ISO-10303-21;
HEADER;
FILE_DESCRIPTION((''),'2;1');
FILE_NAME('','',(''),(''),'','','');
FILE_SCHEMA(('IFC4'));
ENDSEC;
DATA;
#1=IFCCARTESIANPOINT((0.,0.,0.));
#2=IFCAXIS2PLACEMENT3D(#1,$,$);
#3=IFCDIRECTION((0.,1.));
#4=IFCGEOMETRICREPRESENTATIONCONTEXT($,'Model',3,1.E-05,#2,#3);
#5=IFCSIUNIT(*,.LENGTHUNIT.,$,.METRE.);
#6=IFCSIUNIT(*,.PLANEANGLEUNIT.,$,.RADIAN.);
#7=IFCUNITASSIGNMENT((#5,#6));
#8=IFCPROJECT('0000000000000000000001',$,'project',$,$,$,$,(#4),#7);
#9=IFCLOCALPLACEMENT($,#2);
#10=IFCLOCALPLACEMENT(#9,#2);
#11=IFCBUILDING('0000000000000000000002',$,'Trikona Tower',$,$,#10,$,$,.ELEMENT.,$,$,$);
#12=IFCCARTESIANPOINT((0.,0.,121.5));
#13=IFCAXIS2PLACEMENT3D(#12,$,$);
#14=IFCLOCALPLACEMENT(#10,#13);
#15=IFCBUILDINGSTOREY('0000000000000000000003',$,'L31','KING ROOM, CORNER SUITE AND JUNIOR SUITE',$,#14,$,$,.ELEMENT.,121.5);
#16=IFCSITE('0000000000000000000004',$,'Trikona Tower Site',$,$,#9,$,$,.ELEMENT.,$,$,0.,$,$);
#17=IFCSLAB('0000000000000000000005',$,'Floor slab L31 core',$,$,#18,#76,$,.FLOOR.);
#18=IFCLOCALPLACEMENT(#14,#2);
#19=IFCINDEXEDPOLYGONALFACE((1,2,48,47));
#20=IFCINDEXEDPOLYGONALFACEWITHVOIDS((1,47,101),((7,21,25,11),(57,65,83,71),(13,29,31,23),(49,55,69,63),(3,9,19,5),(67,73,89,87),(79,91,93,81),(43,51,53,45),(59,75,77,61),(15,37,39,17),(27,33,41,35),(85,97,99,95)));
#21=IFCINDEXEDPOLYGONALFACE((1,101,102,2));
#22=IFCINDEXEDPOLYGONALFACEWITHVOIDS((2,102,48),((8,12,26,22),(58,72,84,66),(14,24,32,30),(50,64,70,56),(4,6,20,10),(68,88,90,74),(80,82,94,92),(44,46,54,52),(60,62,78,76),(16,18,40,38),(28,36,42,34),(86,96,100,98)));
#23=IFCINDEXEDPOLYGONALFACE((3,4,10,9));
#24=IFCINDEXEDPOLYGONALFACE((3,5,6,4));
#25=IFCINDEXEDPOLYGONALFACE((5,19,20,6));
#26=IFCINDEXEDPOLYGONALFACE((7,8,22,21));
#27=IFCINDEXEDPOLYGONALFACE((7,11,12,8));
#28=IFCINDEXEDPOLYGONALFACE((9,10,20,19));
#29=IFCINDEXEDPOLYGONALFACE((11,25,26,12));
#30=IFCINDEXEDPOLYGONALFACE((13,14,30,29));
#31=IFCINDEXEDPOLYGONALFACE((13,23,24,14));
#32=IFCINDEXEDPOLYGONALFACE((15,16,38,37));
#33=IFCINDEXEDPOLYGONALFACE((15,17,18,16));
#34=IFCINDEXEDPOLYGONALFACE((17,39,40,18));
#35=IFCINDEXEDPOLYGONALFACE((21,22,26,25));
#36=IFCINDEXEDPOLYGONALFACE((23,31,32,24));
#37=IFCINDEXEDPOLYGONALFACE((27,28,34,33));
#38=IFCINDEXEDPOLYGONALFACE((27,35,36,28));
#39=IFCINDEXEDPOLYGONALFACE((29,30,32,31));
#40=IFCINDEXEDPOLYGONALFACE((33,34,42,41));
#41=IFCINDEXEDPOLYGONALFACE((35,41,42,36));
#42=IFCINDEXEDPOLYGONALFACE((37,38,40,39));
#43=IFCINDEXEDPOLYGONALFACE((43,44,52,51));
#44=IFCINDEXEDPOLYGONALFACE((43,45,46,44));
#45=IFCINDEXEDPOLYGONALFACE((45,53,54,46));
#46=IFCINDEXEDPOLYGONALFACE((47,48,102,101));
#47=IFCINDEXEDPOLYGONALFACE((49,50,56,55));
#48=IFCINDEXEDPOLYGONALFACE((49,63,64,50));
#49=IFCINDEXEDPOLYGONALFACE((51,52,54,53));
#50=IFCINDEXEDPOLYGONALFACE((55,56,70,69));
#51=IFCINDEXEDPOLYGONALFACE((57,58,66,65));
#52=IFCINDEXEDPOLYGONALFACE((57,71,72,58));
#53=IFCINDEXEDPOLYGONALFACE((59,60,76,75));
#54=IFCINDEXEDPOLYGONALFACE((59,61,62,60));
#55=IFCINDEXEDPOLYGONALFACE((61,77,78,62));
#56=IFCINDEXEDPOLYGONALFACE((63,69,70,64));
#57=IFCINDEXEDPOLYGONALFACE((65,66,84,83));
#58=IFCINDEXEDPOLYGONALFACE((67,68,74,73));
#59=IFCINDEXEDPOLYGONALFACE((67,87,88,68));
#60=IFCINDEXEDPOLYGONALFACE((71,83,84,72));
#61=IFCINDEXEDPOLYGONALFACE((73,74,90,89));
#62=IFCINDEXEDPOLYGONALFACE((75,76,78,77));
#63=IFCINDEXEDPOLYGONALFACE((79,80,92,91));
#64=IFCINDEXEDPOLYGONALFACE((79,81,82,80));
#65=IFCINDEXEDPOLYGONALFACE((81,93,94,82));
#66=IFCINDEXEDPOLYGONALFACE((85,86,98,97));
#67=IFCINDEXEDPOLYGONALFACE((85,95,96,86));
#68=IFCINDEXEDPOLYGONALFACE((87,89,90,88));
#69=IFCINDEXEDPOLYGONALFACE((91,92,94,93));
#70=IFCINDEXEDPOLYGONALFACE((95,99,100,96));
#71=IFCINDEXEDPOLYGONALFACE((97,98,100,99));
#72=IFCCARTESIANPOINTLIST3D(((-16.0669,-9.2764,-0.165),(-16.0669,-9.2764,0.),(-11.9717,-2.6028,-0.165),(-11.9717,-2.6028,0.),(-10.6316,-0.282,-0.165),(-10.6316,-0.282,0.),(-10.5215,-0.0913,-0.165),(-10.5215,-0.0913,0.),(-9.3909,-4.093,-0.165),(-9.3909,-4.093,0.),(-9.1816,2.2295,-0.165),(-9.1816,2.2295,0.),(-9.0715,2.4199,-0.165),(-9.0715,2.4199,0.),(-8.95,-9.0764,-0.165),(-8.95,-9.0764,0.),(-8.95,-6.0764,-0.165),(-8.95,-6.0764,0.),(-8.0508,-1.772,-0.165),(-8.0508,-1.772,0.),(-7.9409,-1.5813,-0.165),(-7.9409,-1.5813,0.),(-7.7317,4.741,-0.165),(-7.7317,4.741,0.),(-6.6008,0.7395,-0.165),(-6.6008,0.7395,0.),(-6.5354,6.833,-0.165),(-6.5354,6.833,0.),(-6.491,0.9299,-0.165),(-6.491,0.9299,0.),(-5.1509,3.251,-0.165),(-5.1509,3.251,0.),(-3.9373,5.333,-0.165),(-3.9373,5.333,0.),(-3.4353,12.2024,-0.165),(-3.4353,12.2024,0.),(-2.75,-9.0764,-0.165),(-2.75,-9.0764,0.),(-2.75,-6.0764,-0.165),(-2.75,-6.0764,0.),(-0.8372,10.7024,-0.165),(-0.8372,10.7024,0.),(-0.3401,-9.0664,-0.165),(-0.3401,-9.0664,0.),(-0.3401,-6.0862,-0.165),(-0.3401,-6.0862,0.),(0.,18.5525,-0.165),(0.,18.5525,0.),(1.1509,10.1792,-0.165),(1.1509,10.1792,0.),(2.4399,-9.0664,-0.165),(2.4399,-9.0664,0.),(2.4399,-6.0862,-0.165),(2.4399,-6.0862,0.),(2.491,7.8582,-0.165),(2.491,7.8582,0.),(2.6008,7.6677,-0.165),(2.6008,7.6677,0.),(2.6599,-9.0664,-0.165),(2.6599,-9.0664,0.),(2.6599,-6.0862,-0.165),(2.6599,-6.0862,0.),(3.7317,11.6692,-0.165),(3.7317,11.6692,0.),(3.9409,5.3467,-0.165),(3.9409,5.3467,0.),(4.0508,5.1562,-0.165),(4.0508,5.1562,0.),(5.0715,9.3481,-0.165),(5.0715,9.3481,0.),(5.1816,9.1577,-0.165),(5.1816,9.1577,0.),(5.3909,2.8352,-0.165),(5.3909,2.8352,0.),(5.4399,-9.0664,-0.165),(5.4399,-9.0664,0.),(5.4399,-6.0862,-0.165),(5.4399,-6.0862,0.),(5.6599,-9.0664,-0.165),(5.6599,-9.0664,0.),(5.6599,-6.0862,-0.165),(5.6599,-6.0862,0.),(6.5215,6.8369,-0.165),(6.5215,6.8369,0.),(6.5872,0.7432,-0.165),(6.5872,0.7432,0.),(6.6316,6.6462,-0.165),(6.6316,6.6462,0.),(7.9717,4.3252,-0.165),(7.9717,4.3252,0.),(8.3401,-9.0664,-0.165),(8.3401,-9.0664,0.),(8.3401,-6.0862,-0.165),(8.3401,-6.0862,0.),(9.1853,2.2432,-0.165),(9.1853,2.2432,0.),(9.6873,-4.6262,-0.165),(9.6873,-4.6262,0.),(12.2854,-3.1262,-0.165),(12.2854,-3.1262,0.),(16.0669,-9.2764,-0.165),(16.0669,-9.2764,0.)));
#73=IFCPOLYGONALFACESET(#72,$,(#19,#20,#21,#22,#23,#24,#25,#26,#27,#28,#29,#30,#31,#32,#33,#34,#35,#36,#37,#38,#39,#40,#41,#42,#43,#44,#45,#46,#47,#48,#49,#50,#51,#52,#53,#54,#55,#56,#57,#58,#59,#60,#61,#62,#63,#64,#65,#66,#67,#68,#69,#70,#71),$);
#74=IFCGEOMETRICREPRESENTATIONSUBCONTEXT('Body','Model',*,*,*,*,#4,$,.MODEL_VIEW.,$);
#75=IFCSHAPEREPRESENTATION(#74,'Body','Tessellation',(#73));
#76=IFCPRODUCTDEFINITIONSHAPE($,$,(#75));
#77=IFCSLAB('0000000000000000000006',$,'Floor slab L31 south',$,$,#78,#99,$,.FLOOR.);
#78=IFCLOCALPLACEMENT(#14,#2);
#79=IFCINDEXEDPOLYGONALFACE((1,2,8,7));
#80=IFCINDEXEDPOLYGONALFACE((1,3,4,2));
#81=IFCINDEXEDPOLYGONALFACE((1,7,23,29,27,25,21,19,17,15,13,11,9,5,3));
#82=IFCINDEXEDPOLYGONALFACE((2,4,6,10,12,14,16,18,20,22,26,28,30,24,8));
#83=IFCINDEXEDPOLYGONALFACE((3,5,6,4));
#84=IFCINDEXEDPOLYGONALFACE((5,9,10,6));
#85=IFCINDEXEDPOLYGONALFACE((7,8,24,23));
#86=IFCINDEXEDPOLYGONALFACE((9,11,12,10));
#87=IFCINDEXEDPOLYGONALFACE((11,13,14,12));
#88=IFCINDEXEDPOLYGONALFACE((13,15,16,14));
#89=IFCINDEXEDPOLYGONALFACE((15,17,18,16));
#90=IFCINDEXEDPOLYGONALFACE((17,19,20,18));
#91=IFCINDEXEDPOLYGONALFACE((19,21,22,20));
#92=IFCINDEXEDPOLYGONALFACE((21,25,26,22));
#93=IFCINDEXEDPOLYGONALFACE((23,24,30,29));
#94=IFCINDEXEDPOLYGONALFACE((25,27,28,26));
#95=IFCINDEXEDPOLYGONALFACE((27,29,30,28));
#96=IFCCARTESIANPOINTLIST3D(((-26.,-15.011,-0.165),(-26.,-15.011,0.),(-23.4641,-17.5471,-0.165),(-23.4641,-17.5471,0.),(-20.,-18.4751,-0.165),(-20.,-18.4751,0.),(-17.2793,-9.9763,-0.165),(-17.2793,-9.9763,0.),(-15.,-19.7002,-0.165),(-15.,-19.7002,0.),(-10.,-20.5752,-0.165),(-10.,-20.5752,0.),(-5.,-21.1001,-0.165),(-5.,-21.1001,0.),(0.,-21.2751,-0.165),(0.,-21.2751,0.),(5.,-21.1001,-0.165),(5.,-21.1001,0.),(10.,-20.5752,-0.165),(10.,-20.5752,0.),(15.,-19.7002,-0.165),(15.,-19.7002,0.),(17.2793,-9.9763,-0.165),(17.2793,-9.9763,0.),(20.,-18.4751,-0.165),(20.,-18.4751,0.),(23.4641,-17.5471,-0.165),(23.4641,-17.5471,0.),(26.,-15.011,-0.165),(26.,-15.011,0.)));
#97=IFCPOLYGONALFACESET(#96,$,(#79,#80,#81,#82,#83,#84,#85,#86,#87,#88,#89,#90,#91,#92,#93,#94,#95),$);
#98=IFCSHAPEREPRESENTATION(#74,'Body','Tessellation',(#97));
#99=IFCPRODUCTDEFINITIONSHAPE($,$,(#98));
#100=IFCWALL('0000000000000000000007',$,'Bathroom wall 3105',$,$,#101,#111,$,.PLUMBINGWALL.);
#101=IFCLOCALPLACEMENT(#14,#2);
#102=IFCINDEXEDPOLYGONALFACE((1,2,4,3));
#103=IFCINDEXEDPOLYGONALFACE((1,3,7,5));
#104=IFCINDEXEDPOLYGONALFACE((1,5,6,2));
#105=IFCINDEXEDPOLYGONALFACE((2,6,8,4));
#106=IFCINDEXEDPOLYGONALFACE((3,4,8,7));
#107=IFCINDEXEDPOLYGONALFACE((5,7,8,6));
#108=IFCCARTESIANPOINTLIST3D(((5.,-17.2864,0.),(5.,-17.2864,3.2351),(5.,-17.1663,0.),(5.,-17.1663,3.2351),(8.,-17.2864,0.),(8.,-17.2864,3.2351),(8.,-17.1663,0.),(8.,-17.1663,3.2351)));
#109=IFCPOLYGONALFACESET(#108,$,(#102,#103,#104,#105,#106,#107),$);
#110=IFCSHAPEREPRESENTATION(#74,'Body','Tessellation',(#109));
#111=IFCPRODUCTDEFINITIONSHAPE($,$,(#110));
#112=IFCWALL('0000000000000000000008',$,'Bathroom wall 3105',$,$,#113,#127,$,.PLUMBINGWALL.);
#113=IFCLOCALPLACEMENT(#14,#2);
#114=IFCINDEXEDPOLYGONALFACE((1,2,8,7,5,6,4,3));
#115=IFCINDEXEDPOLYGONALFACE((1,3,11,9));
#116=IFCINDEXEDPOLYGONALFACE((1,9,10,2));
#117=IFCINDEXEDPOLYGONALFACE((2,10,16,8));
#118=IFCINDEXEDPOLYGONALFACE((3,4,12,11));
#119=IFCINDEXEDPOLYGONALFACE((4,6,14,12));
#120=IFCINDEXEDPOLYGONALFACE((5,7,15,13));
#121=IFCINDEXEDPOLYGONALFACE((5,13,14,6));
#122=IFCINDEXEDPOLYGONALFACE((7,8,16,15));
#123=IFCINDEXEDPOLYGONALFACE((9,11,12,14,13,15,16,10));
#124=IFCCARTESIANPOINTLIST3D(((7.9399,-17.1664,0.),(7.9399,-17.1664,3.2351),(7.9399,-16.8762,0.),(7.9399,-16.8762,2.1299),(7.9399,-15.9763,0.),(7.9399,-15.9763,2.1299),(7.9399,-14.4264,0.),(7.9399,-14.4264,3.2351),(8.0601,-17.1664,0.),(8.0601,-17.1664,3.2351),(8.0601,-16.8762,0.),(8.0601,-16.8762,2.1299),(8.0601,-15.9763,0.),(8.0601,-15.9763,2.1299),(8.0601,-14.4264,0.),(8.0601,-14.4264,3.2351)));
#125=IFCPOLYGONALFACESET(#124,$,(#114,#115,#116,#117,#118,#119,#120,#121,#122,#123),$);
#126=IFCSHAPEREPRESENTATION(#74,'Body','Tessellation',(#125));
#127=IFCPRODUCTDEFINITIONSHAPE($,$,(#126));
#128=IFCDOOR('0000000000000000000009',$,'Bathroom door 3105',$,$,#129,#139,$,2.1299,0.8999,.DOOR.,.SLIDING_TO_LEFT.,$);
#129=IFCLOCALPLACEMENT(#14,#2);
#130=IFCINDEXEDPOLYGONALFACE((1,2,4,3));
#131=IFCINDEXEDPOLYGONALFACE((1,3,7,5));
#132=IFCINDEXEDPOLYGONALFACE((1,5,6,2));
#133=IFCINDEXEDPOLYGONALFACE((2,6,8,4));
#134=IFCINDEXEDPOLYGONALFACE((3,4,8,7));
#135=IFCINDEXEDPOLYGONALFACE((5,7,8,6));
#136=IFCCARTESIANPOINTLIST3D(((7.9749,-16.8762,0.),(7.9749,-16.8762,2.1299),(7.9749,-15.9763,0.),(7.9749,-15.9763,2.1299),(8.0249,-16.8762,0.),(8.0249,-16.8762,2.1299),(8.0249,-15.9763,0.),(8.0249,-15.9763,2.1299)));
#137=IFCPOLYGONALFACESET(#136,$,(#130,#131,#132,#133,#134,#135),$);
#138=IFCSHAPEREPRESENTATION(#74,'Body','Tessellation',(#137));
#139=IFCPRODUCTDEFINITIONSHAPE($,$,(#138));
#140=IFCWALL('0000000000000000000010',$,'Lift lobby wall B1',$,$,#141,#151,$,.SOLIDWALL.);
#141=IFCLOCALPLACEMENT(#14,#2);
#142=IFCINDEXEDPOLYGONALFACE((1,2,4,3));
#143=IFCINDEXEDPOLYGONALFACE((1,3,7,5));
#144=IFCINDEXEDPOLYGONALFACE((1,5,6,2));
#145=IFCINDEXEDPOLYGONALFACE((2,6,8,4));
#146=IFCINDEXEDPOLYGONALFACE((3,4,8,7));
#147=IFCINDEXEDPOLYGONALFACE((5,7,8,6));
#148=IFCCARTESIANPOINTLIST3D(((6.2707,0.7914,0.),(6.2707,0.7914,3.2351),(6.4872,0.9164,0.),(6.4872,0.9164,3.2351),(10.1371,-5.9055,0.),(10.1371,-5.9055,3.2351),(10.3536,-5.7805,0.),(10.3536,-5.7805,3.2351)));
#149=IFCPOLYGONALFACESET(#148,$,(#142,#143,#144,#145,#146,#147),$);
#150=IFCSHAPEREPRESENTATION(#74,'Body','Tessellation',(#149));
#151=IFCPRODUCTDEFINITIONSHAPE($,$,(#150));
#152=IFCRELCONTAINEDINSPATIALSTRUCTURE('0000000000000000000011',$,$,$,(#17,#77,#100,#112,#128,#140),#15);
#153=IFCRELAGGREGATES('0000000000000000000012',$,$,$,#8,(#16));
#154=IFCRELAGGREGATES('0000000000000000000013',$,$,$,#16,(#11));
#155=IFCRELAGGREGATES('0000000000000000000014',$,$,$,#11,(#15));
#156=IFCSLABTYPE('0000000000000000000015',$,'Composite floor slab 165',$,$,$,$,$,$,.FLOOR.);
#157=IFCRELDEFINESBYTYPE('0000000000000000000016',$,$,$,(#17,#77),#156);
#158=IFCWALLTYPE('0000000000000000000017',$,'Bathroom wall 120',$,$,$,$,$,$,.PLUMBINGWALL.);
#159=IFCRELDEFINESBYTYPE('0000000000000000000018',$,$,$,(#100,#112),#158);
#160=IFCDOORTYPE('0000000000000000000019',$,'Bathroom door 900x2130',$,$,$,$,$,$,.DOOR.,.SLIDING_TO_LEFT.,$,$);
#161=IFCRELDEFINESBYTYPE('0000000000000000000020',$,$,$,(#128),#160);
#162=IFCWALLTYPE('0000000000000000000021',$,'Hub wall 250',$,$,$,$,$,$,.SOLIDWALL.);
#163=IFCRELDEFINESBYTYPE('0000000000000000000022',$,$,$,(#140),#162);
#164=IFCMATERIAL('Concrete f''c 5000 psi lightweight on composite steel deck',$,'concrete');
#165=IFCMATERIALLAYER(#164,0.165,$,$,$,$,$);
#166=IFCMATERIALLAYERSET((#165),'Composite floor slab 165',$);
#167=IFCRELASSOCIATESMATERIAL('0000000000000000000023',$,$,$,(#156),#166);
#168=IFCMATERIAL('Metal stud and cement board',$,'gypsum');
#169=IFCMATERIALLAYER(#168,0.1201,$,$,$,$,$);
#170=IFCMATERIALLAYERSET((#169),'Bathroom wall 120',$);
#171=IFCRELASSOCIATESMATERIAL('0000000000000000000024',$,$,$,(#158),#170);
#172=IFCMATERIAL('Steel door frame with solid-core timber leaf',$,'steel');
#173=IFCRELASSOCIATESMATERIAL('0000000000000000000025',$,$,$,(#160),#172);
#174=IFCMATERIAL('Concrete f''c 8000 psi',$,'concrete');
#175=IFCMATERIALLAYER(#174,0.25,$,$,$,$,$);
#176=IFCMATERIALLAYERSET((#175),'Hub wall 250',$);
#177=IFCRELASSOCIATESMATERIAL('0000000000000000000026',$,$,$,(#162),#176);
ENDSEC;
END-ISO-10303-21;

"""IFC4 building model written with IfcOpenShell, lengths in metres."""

from ifc_helpers import new_model, si_unit, direction, frame, frame_2d, origin, place, context, subcontext, project, spatial, polyline, rectangle, outline, extrude, material, layer, layer_set, type_object, element, fill, save


model = new_model("IFC4")

# Units and contexts
model_context = context("Model", 3, precision=1e-05, world=origin(), true_north=direction((0.0, 1.0)))
body_context = subcontext(model_context, "Body", "Model", "MODEL_VIEW")
ifc_project = project(units=[si_unit("LENGTHUNIT", "METRE"), si_unit("PLANEANGLEUNIT", "RADIAN")], contexts=[model_context])

# Site, building, storey
site_placement = place(None, origin())
site = spatial("IfcSite", under=ifc_project, at=site_placement, Name="Trikona Tower Site", CompositionType="ELEMENT", RefElevation=0.0)
building_placement = place(site_placement, origin())
building = spatial("IfcBuilding", under=site, at=building_placement, Name="Trikona Tower", CompositionType="ELEMENT")
storey_placement = place(building_placement, frame((0.0, 0.0, 121.5)))
storey = spatial("IfcBuildingStorey", under=building, at=storey_placement, Name="L31", Description="KING ROOM, CORNER SUITE AND JUNIOR SUITE", CompositionType="ELEMENT", Elevation=121.5)

# Slabs
ifc_material_1 = material(Name="Concrete f'c 5000 psi lightweight on composite steel deck", Category="concrete")
ifc_layer_1 = layer(ifc_material_1, 0.165)
ifc_layer_set_1 = layer_set([ifc_layer_1], Name="Composite floor slab 165")
slab_type = type_object("IfcSlabType", Name="Composite floor slab 165", PredefinedType="FLOOR", material=ifc_layer_set_1)
slab_1_placement = place(storey_placement, frame((0.0, 0.0, -0.165)))
element("IfcSlab", 1, at=slab_1_placement, inside=storey, type_object=slab_type, Name="Floor slab L31 core", PredefinedType="FLOOR", context=body_context, shape_type="SweptSolid", body=[
    extrude(outline(polyline([(-16.0669, -9.2764), (16.0669, -9.2764), (0.0, 18.5525), (-16.0669, -9.2764)]), holes=[polyline([(12.2854, -3.1262), (9.1853, 2.2432), (6.5872, 0.7432), (9.6873, -4.6262), (12.2854, -3.1262)]), polyline([(8.3401, -9.0664), (8.3401, -6.0862), (5.6599, -6.0862), (5.6599, -9.0664), (8.3401, -9.0664)]), polyline([(5.3909, 2.8352), (7.9717, 4.3252), (6.6316, 6.6462), (4.0508, 5.1562), (5.3909, 2.8352)]), polyline([(2.6008, 7.6677), (3.9409, 5.3467), (6.5215, 6.8369), (5.1816, 9.1577), (2.6008, 7.6677)]), polyline([(5.4399, -6.0862), (2.6599, -6.0862), (2.6599, -9.0664), (5.4399, -9.0664), (5.4399, -6.0862)]), polyline([(3.7317, 11.6692), (1.1509, 10.1792), (2.491, 7.8582), (5.0715, 9.3481), (3.7317, 11.6692)]), polyline([(-0.3401, -6.0862), (-0.3401, -9.0664), (2.4399, -9.0664), (2.4399, -6.0862), (-0.3401, -6.0862)]), polyline([(-3.4353, 12.2024), (-6.5354, 6.833), (-3.9373, 5.333), (-0.8372, 10.7024), (-3.4353, 12.2024)]), polyline([(-8.95, -9.0764), (-2.75, -9.0764), (-2.75, -6.0764), (-8.95, -6.0764), (-8.95, -9.0764)]), polyline([(-5.1509, 3.251), (-7.7317, 4.741), (-9.0715, 2.4199), (-6.491, 0.9299), (-5.1509, 3.251)]), polyline([(-7.9409, -1.5813), (-6.6008, 0.7395), (-9.1816, 2.2295), (-10.5215, -0.0913), (-7.9409, -1.5813)]), polyline([(-11.9717, -2.6028), (-9.3909, -4.093), (-8.0508, -1.772), (-10.6316, -0.282), (-11.9717, -2.6028)])]), origin(), (0.0, 0.0, 1.0), 0.165),
])
slab_2_placement = place(storey_placement, frame((0.0, 0.0, -0.165)))
element("IfcSlab", 2, at=slab_2_placement, inside=storey, type_object=slab_type, Name="Floor slab L31 south", PredefinedType="FLOOR", context=body_context, shape_type="SweptSolid", body=[
    extrude(outline(polyline([(23.4641, -17.5471), (26.0, -15.011), (17.2793, -9.9763), (-17.2793, -9.9763), (-26.0, -15.011), (-23.4641, -17.5471), (-20.0, -18.4751), (-15.0, -19.7002), (-10.0, -20.5752), (-5.0, -21.1001), (0.0, -21.2751), (5.0, -21.1001), (10.0, -20.5752), (15.0, -19.7002), (20.0, -18.4751), (23.4641, -17.5471)])), origin(), (0.0, 0.0, 1.0), 0.165),
])

# Wall
ifc_material_2 = material(Name="Metal stud and cement board", Category="gypsum")
ifc_layer_2 = layer(ifc_material_2, 0.1201)
ifc_layer_set_2 = layer_set([ifc_layer_2], Name="Bathroom wall 120")
wall_type_1 = type_object("IfcWallType", Name="Bathroom wall 120", PredefinedType="PLUMBINGWALL", material=ifc_layer_set_2)
wall_1_placement = place(storey_placement, frame((5.0, -17.2263, 0.0), z_axis=(0.0, 0.0, 1.0), x_axis=(1.0, 0.0, 0.0)))
element("IfcWall", 3, at=wall_1_placement, inside=storey, type_object=wall_type_1, Name="Bathroom wall 3105", PredefinedType="PLUMBINGWALL", context=body_context, shape_type="SweptSolid", body=[
    extrude(rectangle(XDim=3.0, YDim=0.1201, at=frame_2d((1.5, 0.0))), origin(), (0.0, 0.0, 1.0), 3.2351),
])

# Wall, opening, door
wall_2_placement = place(storey_placement, frame((8.0, -14.4263, 0.0), z_axis=(0.0, 0.0, 1.0), x_axis=(0.0, -1.0, 0.0)))
wall_2 = element("IfcWall", 4, at=wall_2_placement, inside=storey, type_object=wall_type_1, Name="Bathroom wall 3105", PredefinedType="PLUMBINGWALL", context=body_context, shape_type="SweptSolid", body=[
    extrude(rectangle(XDim=2.74, YDim=0.1201, at=frame_2d((1.3701, 0.0))), origin(), (0.0, 0.0, 1.0), 3.2351),
])
opening_1_placement = place(wall_2_placement, frame((1.55, 0.0, 0.0)))
opening_1 = element("IfcOpeningElement", 5, at=opening_1_placement, cuts=wall_2, PredefinedType="OPENING", context=body_context, shape_type="SweptSolid", body=[
    extrude(rectangle(XDim=0.8999, YDim=2.1299, at=frame_2d((0.45, 1.0649))), frame((0.0, 0.0701, 0.0), z_axis=(0.0, -1.0, 0.0), x_axis=(1.0, 0.0, 0.0)), (0.0, 0.0, 1.0), 0.1401),
])
ifc_material_3 = material(Name="Steel door frame with solid-core timber leaf", Category="steel")
door_type_1 = type_object("IfcDoorType", Name="Bathroom door 900x2130", OperationType="SLIDING_TO_LEFT", PredefinedType="DOOR", material=ifc_material_3)
door_1_placement = place(opening_1_placement, origin())
door_1 = element("IfcDoor", 6, at=door_1_placement, inside=storey, type_object=door_type_1, Name="Bathroom door 3105", OperationType="SLIDING_TO_LEFT", OverallHeight=2.1299, OverallWidth=0.8999, PredefinedType="DOOR", context=body_context, shape_type="SweptSolid", body=[
    extrude(rectangle(XDim=0.8999, YDim=2.1299, at=frame_2d((0.45, 1.0649))), frame((0.0, 0.0249, 0.0), z_axis=(0.0, -1.0, 0.0), x_axis=(1.0, 0.0, 0.0)), (0.0, 0.0, 1.0), 0.05),
])
fill(opening_1, door_1)

# Wall
ifc_material_4 = material(Name="Concrete f'c 8000 psi", Category="concrete")
ifc_layer_3 = layer(ifc_material_4, 0.25)
ifc_layer_set_3 = layer_set([ifc_layer_3], Name="Hub wall 250")
wall_type_2 = type_object("IfcWallType", Name="Hub wall 250", PredefinedType="SOLIDWALL", material=ifc_layer_set_3)
wall_3_placement = place(storey_placement, frame((10.2454, -5.843, 0.0), z_axis=(0.0, 0.0, 1.0), x_axis=(-0.499993, 0.866029, 0.0)))
element("IfcWall", 7, at=wall_3_placement, inside=storey, type_object=wall_type_2, Name="Lift lobby wall B1", PredefinedType="SOLIDWALL", context=body_context, shape_type="SweptSolid", body=[
    extrude(rectangle(XDim=7.7329, YDim=0.25, at=frame_2d((3.8665, 0.0))), origin(), (0.0, 0.0, 1.0), 3.2351),
])

save(model, "model.ifc")
